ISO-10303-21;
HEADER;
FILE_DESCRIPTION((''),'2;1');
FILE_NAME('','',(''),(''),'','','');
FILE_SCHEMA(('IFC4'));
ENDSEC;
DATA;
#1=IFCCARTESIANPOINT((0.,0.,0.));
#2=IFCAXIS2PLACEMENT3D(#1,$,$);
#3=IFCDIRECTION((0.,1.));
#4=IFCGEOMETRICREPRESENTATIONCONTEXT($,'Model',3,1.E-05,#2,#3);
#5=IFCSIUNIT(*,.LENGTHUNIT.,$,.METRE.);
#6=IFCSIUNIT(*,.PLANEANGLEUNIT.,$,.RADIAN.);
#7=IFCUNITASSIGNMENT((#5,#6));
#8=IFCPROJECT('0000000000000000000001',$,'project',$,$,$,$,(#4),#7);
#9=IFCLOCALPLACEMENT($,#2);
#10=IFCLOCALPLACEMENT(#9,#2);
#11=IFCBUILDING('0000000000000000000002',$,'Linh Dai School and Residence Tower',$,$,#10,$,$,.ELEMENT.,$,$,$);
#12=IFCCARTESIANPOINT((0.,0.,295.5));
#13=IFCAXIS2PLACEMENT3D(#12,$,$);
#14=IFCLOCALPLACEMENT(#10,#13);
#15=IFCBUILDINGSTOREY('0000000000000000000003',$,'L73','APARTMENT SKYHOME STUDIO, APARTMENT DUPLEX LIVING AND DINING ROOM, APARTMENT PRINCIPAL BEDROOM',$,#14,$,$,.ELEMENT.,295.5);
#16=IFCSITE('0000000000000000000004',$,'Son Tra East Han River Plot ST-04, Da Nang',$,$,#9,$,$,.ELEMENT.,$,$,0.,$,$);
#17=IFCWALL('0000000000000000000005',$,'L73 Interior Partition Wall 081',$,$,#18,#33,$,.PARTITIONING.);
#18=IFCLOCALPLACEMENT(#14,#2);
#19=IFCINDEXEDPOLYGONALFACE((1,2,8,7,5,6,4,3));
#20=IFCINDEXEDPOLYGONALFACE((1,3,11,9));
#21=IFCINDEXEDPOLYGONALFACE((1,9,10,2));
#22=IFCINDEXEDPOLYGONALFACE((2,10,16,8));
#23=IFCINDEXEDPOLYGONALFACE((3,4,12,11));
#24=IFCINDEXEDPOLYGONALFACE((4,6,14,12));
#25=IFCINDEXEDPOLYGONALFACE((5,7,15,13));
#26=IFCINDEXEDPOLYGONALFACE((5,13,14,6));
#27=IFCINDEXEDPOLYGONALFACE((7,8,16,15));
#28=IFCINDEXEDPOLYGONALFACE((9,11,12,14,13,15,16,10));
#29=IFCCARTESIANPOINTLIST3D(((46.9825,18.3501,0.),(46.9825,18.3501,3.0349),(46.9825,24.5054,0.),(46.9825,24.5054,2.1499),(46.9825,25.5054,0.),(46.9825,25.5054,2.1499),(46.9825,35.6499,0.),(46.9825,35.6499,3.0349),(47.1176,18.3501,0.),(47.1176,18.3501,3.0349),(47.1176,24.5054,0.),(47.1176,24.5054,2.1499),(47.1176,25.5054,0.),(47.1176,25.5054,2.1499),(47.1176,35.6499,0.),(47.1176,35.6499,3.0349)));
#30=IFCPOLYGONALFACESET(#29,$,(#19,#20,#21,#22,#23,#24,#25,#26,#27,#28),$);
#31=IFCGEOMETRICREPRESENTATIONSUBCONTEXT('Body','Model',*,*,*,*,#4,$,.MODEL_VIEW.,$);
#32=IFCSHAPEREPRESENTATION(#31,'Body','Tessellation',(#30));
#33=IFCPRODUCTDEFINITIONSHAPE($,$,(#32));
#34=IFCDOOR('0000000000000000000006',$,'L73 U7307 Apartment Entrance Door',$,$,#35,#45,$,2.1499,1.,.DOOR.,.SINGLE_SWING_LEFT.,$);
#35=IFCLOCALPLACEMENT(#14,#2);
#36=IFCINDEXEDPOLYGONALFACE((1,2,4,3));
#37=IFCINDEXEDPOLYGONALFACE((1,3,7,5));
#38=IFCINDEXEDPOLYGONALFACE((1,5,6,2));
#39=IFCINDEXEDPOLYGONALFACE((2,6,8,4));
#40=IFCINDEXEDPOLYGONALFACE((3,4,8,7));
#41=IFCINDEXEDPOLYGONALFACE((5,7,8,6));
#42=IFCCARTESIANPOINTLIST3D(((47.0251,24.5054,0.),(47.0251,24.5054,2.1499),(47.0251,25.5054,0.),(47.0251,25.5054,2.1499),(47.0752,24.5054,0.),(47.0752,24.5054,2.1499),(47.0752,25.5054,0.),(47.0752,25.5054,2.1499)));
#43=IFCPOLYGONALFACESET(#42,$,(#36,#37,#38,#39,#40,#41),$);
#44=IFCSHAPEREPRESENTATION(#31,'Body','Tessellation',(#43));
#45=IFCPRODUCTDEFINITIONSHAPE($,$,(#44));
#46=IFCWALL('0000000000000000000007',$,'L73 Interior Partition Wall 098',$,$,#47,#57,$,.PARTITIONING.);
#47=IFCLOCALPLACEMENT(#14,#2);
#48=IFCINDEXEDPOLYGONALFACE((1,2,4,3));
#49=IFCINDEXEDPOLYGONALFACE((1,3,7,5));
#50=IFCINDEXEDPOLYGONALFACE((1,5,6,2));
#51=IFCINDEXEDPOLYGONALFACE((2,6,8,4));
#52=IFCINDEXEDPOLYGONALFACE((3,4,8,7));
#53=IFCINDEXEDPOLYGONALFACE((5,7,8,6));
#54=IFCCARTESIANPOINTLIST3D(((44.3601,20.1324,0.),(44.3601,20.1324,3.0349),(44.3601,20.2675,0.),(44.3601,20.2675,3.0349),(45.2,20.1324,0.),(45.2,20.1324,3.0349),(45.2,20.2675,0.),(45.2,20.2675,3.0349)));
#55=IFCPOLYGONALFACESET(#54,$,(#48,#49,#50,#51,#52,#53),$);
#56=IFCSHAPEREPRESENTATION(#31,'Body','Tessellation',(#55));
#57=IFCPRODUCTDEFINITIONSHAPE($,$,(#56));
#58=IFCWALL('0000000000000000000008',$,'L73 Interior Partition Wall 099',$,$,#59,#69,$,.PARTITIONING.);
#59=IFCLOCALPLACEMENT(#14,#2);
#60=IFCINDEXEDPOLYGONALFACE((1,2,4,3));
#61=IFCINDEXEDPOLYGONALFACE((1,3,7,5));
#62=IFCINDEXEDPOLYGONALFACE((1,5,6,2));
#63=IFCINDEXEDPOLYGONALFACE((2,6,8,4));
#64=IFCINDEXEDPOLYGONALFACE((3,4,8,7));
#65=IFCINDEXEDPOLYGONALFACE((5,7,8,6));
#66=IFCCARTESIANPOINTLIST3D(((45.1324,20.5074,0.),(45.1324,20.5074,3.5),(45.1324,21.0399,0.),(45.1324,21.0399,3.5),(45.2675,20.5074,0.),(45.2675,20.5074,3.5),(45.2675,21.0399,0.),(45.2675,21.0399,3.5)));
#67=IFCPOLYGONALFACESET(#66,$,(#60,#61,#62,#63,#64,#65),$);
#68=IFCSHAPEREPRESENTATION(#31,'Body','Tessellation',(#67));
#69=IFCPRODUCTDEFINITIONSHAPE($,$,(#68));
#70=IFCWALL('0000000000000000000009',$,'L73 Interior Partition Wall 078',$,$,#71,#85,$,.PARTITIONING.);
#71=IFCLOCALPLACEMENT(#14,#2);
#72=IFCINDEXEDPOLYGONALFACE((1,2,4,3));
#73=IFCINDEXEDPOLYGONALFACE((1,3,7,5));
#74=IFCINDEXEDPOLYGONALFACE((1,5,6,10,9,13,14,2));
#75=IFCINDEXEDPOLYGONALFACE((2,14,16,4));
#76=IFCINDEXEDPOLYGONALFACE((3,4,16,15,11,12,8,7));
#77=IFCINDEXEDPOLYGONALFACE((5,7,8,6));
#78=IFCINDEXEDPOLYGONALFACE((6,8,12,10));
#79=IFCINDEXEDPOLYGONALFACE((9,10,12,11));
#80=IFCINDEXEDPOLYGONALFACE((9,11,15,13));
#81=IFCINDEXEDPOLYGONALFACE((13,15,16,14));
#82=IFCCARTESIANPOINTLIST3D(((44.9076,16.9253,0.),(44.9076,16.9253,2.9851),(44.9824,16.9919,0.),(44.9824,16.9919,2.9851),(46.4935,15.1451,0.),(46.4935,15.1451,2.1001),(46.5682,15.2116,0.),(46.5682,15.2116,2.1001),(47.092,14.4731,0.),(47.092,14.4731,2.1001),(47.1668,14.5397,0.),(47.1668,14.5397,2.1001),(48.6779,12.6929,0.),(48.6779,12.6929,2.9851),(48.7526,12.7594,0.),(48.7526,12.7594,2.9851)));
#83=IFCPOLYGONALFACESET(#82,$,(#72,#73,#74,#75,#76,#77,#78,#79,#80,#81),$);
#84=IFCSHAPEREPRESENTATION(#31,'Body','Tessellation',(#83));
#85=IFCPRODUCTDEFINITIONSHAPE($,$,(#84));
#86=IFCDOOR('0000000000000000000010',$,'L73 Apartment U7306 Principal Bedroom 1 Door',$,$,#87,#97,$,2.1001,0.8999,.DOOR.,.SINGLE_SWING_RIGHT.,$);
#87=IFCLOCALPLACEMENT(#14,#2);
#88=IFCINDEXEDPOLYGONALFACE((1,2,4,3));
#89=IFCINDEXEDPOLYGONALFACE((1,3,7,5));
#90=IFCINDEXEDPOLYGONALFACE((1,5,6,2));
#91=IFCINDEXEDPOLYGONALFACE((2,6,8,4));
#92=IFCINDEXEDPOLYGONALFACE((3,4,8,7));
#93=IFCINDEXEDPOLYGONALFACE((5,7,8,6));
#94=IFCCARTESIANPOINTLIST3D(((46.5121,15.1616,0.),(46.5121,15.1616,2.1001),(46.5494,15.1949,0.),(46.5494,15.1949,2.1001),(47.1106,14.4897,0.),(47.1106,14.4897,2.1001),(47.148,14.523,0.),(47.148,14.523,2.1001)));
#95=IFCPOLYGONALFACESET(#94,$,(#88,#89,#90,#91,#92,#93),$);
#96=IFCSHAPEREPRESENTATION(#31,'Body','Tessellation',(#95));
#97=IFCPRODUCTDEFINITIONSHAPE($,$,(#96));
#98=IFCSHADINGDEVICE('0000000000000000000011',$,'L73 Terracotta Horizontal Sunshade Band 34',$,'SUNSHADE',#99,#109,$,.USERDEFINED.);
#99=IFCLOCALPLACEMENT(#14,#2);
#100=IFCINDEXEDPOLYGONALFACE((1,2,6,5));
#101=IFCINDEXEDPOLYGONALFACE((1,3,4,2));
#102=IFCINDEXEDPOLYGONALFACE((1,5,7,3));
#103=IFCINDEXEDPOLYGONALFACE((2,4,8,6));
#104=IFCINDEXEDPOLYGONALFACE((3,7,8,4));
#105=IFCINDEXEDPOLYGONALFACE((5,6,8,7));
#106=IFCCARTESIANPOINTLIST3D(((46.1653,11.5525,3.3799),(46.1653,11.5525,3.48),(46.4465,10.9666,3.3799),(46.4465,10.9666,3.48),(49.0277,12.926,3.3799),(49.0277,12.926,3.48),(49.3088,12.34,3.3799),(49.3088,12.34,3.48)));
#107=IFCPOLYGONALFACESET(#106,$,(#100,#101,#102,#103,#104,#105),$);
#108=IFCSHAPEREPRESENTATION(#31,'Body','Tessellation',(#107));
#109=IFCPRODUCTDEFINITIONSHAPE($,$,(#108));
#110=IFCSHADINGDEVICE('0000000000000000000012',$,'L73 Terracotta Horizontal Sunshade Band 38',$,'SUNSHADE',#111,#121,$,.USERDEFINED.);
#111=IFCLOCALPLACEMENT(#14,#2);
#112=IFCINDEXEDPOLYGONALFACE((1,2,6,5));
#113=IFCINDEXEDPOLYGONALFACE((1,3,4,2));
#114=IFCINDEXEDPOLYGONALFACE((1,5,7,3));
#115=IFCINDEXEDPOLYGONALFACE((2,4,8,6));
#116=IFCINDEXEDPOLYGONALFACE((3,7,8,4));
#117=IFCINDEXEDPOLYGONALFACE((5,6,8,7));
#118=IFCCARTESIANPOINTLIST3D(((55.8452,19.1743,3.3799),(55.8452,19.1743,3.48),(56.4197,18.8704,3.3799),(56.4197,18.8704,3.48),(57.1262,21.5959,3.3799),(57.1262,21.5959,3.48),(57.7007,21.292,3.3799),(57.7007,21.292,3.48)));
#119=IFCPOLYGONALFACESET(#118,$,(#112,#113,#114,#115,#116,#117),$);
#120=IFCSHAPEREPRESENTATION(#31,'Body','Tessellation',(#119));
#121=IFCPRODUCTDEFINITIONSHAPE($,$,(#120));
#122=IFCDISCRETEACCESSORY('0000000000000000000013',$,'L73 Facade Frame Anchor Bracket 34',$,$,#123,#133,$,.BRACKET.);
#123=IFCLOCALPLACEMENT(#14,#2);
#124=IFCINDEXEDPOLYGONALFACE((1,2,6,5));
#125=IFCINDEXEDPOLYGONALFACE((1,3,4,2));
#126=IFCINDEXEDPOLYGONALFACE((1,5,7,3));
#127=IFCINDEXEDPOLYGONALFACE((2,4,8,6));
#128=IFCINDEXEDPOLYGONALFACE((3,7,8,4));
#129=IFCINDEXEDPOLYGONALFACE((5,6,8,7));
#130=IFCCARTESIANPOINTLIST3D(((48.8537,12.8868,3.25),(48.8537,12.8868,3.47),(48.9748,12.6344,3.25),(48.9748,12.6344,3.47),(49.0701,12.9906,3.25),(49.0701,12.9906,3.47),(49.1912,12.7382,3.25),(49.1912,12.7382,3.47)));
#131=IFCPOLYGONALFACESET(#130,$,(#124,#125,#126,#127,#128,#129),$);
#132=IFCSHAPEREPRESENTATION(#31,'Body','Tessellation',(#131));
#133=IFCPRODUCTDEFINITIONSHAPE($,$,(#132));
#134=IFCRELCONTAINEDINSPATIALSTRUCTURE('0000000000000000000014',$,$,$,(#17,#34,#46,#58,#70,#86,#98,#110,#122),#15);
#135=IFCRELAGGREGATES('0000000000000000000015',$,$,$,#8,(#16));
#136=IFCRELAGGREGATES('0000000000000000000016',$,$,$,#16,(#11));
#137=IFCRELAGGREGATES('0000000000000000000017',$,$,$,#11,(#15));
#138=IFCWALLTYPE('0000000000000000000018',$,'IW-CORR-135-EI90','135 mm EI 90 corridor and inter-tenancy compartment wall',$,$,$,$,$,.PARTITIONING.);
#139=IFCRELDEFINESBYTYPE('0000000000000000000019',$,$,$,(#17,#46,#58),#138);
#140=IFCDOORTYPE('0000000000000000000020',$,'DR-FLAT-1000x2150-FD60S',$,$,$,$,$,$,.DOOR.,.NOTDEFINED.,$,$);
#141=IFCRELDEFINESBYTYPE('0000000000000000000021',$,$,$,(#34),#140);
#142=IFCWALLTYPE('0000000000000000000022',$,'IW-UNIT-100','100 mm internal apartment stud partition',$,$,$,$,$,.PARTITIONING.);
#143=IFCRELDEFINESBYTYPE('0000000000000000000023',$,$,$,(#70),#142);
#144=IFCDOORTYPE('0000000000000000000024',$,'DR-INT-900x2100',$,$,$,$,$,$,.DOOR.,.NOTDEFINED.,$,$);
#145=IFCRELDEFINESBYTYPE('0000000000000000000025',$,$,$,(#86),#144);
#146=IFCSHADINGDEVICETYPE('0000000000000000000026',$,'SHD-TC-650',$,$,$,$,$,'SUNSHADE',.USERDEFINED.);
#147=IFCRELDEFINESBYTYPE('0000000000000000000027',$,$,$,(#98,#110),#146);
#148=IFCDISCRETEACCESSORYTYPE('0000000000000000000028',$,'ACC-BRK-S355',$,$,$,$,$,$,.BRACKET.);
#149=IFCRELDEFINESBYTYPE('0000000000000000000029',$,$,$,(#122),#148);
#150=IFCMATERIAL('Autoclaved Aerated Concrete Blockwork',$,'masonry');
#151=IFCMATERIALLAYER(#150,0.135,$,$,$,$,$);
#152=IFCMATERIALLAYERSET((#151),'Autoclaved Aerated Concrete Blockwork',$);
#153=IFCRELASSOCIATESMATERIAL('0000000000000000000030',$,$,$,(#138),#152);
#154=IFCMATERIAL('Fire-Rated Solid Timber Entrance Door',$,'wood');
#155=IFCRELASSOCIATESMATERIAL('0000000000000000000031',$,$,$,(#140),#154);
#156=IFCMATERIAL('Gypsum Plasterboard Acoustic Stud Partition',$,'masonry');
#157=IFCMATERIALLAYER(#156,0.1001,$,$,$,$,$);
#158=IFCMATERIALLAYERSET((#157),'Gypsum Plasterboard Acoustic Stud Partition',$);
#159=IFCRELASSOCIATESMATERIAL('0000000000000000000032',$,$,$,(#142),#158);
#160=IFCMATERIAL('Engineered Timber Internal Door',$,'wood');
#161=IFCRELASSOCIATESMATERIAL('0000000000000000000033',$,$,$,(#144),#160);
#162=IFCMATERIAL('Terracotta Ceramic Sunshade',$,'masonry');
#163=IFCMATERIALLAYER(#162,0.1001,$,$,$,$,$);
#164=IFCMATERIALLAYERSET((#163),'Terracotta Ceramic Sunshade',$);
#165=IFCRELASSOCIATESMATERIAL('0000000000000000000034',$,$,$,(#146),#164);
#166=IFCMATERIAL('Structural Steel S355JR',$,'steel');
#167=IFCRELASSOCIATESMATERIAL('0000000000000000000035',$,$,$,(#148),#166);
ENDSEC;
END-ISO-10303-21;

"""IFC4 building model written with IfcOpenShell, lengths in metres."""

from ifc_helpers import new_model, si_unit, direction, frame, frame_2d, origin, origin_2d, place, context, subcontext, project, spatial, rectangle, extrude, source, transform, mapped, material, layer, layer_set, type_object, element, fill, save


model = new_model("IFC4")

# Units and contexts
model_context = context("Model", 3, precision=1e-05, world=origin(), true_north=direction((0.0, 1.0)))
body_context = subcontext(model_context, "Body", "Model", "MODEL_VIEW")
ifc_project = project(units=[si_unit("LENGTHUNIT", "METRE"), si_unit("PLANEANGLEUNIT", "RADIAN")], contexts=[model_context])

# Site, building, storey
site_placement = place(None, origin())
site = spatial("IfcSite", under=ifc_project, at=site_placement, Name="Son Tra East Han River Plot ST-04, Da Nang", CompositionType="ELEMENT", RefElevation=0.0)
building_placement = place(site_placement, origin())
building = spatial("IfcBuilding", under=site, at=building_placement, Name="Linh Dai School and Residence Tower", CompositionType="ELEMENT")
storey_placement = place(building_placement, frame((0.0, 0.0, 295.5)))
storey = spatial("IfcBuildingStorey", under=building, at=storey_placement, Name="L73", Description="APARTMENT SKYHOME STUDIO, APARTMENT DUPLEX LIVING AND DINING ROOM, APARTMENT PRINCIPAL BEDROOM", CompositionType="ELEMENT", Elevation=295.5)

# Shared definitions
ifc_material_1 = material(Name="Structural Steel S355JR", Category="steel")

# Wall, opening, door
ifc_material_2 = material(Name="Autoclaved Aerated Concrete Blockwork", Category="masonry")
ifc_layer_1 = layer(ifc_material_2, 0.135)
ifc_layer_set_1 = layer_set([ifc_layer_1], Name="Autoclaved Aerated Concrete Blockwork")
wall_type_1 = type_object("IfcWallType", Name="IW-CORR-135-EI90", Description="135 mm EI 90 corridor and inter-tenancy compartment wall", PredefinedType="PARTITIONING", material=ifc_layer_set_1)
wall_1_placement = place(storey_placement, frame((47.05, 18.3501, 0.0), z_axis=(0.0, 0.0, 1.0), x_axis=(0.0, 1.0, 0.0)))
wall_1 = element("IfcWall", 1, at=wall_1_placement, inside=storey, type_object=wall_type_1, Name="L73 Interior Partition Wall 081", PredefinedType="PARTITIONING", context=body_context, shape_type="SweptSolid", body=[
    extrude(rectangle(XDim=17.2998, YDim=0.135, at=frame_2d((8.6499, 0.0))), origin(), (0.0, 0.0, 1.0), 3.0349),
])
opening_1_placement = place(wall_1_placement, frame((6.1553, 0.0, 0.0)))
opening_1 = element("IfcOpeningElement", 2, at=opening_1_placement, cuts=wall_1, PredefinedType="OPENING", context=body_context, shape_type="SweptSolid", body=[
    extrude(rectangle(XDim=1.0, YDim=2.1499, at=origin_2d()), frame((0.5, 0.0776, 1.075), z_axis=(0.0, -1.0, 0.0), x_axis=(1.0, 0.0, 0.0)), (0.0, 0.0, 1.0), 0.155),
])
ifc_material_3 = material(Name="Fire-Rated Solid Timber Entrance Door", Category="wood")
door_type_1 = type_object("IfcDoorType", Name="DR-FLAT-1000x2150-FD60S", OperationType="NOTDEFINED", PredefinedType="DOOR", material=ifc_material_3)
shared_shape_1 = source(origin(), body_context, "Body", "SweptSolid", [
    extrude(rectangle(XDim=1.0, YDim=2.1499, at=origin_2d()), frame((0.5, 0.0249, 1.075), z_axis=(0.0, -1.0, 0.0), x_axis=(1.0, 0.0, 0.0)), (0.0, 0.0, 1.0), 0.05),
])
door_1_placement = place(opening_1_placement, origin())
door_1 = element("IfcDoor", 3, at=door_1_placement, inside=storey, type_object=door_type_1, Name="L73 U7307 Apartment Entrance Door", OperationType="SINGLE_SWING_LEFT", OverallHeight=2.1499, OverallWidth=1.0, PredefinedType="DOOR", context=body_context, shape_type="MappedRepresentation", body=[
    mapped(shared_shape_1, transform((0.0, 0.0, 0.0), x_axis=(1.0, 0.0, 0.0), y_axis=(0.0, 1.0, 0.0), z_axis=(0.0, 0.0, 1.0), scale=1.0)),
])
fill(opening_1, door_1)

# Walls
wall_2_placement = place(storey_placement, frame((44.3601, 20.2, 0.0), z_axis=(0.0, 0.0, 1.0), x_axis=(1.0, 0.0, 0.0)))
element("IfcWall", 4, at=wall_2_placement, inside=storey, type_object=wall_type_1, Name="L73 Interior Partition Wall 098", PredefinedType="PARTITIONING", context=body_context, shape_type="SweptSolid", body=[
    extrude(rectangle(XDim=0.8398, YDim=0.135, at=frame_2d((0.4199, 0.0))), origin(), (0.0, 0.0, 1.0), 3.0349),
])
wall_3_placement = place(storey_placement, frame((45.2, 20.5076, 0.0), z_axis=(0.0, 0.0, 1.0), x_axis=(0.0, 1.0, 0.0)))
element("IfcWall", 5, at=wall_3_placement, inside=storey, type_object=wall_type_1, Name="L73 Interior Partition Wall 099", PredefinedType="PARTITIONING", context=body_context, shape_type="SweptSolid", body=[
    extrude(rectangle(XDim=0.5325, YDim=0.135, at=frame_2d((0.2661, 0.0))), origin(), (0.0, 0.0, 1.0), 3.5),
])

# Wall, opening, door
ifc_material_4 = material(Name="Gypsum Plasterboard Acoustic Stud Partition", Category="masonry")
ifc_layer_2 = layer(ifc_material_4, 0.1001)
ifc_layer_set_2 = layer_set([ifc_layer_2], Name="Gypsum Plasterboard Acoustic Stud Partition")
wall_type_2 = type_object("IfcWallType", Name="IW-UNIT-100", Description="100 mm internal apartment stud partition", PredefinedType="PARTITIONING", material=ifc_layer_set_2)
wall_4_placement = place(storey_placement, frame((44.9451, 16.9585, 0.0), z_axis=(0.0, 0.0, 1.0), x_axis=(0.665163, -0.746698, 0.0)))
wall_4 = element("IfcWall", 6, at=wall_4_placement, inside=storey, type_object=wall_type_2, Name="L73 Interior Partition Wall 078", PredefinedType="PARTITIONING", context=body_context, shape_type="SweptSolid", body=[
    extrude(rectangle(XDim=5.6682, YDim=0.1001, at=frame_2d((2.834, 0.0))), origin(), (0.0, 0.0, 1.0), 2.9851),
])
opening_2_placement = place(wall_4_placement, frame((2.384, 0.0, 0.0)))
opening_2 = element("IfcOpeningElement", 7, at=opening_2_placement, cuts=wall_4, PredefinedType="OPENING", context=body_context, shape_type="SweptSolid", body=[
    extrude(rectangle(XDim=0.8999, YDim=2.1001, at=origin_2d()), frame((0.45, 0.0601, 1.05), z_axis=(0.0, -1.0, 0.0), x_axis=(1.0, 0.0, 0.0)), (0.0, 0.0, 1.0), 0.1201),
])
ifc_material_5 = material(Name="Engineered Timber Internal Door", Category="wood")
door_type_2 = type_object("IfcDoorType", Name="DR-INT-900x2100", OperationType="NOTDEFINED", PredefinedType="DOOR", material=ifc_material_5)
shared_shape_2 = source(origin(), body_context, "Body", "SweptSolid", [
    extrude(rectangle(XDim=0.8999, YDim=2.1001, at=origin_2d()), frame((0.45, 0.0249, 1.05), z_axis=(0.0, -1.0, 0.0), x_axis=(1.0, 0.0, 0.0)), (0.0, 0.0, 1.0), 0.05),
])
door_2_placement = place(opening_2_placement, origin())
door_2 = element("IfcDoor", 8, at=door_2_placement, inside=storey, type_object=door_type_2, Name="L73 Apartment U7306 Principal Bedroom 1 Door", OperationType="SINGLE_SWING_RIGHT", OverallHeight=2.1001, OverallWidth=0.8999, PredefinedType="DOOR", context=body_context, shape_type="MappedRepresentation", body=[
    mapped(shared_shape_2, transform((0.0, 0.0, 0.0), x_axis=(1.0, 0.0, 0.0), y_axis=(0.0, 1.0, 0.0), z_axis=(0.0, 0.0, 1.0), scale=1.0)),
])
fill(opening_2, door_2)

# Shading devices
ifc_material_6 = material(Name="Terracotta Ceramic Sunshade", Category="masonry")
ifc_layer_3 = layer(ifc_material_6, 0.1001)
ifc_layer_set_3 = layer_set([ifc_layer_3], Name="Terracotta Ceramic Sunshade")
shading_device_type = type_object("IfcShadingDeviceType", Name="SHD-TC-650", ElementType="SUNSHADE", PredefinedType="USERDEFINED", material=ifc_layer_set_3)
shared_shape_3 = source(origin(), body_context, "Body", "SweptSolid", [
    extrude(rectangle(XDim=3.1748, YDim=0.6499, at=origin_2d()), origin(), (0.0, 0.0, 1.0), 0.1001),
])
shading_device_1_placement = place(storey_placement, frame((47.7371, 11.9463, 3.3799), z_axis=(0.0, 0.0, 1.0), x_axis=(-0.90158, -0.432612, 0.0)))
element("IfcShadingDevice", 9, at=shading_device_1_placement, inside=storey, type_object=shading_device_type, Name="L73 Terracotta Horizontal Sunshade Band 34", ObjectType="SUNSHADE", PredefinedType="USERDEFINED", context=body_context, shape_type="MappedRepresentation", body=[
    mapped(shared_shape_3, transform((0.0, 0.0, 0.0), x_axis=(1.0, 0.0, 0.0), y_axis=(0.0, 1.0, 0.0), z_axis=(0.0, 0.0, 1.0), scale=1.0)),
])
shared_shape_4 = source(origin(), body_context, "Body", "SweptSolid", [
    extrude(rectangle(XDim=2.7395, YDim=0.6499, at=origin_2d()), origin(), (0.0, 0.0, 1.0), 0.1001),
])
shading_device_2_placement = place(storey_placement, frame((56.7729, 20.2332, 3.3799), z_axis=(0.0, 0.0, 1.0), x_axis=(-0.467604, -0.883938, 0.0)))
element("IfcShadingDevice", 10, at=shading_device_2_placement, inside=storey, type_object=shading_device_type, Name="L73 Terracotta Horizontal Sunshade Band 38", ObjectType="SUNSHADE", PredefinedType="USERDEFINED", context=body_context, shape_type="MappedRepresentation", body=[
    mapped(shared_shape_4, transform((0.0, 0.0, 0.0), x_axis=(1.0, 0.0, 0.0), y_axis=(0.0, 1.0, 0.0), z_axis=(0.0, 0.0, 1.0), scale=1.0)),
])

# Discrete accessory
discrete_accessory_type = type_object("IfcDiscreteAccessoryType", Name="ACC-BRK-S355", PredefinedType="BRACKET", material=ifc_material_1)
shared_shape_5 = source(origin(), body_context, "Body", "SweptSolid", [
    extrude(rectangle(XDim=0.28, YDim=0.24, at=origin_2d()), origin(), (0.0, 0.0, 1.0), 0.22),
])
discrete_accessory_placement = place(storey_placement, frame((49.0225, 12.8125, 3.25), z_axis=(0.0, 0.0, 1.0), x_axis=(0.432612, -0.90158, 0.0)))
element("IfcDiscreteAccessory", 11, at=discrete_accessory_placement, inside=storey, type_object=discrete_accessory_type, Name="L73 Facade Frame Anchor Bracket 34", PredefinedType="BRACKET", context=body_context, shape_type="MappedRepresentation", body=[
    mapped(shared_shape_5, transform((0.0, 0.0, 0.0), x_axis=(1.0, 0.0, 0.0), y_axis=(0.0, 1.0, 0.0), z_axis=(0.0, 0.0, 1.0), scale=1.0)),
])

save(model, "model.ifc")
